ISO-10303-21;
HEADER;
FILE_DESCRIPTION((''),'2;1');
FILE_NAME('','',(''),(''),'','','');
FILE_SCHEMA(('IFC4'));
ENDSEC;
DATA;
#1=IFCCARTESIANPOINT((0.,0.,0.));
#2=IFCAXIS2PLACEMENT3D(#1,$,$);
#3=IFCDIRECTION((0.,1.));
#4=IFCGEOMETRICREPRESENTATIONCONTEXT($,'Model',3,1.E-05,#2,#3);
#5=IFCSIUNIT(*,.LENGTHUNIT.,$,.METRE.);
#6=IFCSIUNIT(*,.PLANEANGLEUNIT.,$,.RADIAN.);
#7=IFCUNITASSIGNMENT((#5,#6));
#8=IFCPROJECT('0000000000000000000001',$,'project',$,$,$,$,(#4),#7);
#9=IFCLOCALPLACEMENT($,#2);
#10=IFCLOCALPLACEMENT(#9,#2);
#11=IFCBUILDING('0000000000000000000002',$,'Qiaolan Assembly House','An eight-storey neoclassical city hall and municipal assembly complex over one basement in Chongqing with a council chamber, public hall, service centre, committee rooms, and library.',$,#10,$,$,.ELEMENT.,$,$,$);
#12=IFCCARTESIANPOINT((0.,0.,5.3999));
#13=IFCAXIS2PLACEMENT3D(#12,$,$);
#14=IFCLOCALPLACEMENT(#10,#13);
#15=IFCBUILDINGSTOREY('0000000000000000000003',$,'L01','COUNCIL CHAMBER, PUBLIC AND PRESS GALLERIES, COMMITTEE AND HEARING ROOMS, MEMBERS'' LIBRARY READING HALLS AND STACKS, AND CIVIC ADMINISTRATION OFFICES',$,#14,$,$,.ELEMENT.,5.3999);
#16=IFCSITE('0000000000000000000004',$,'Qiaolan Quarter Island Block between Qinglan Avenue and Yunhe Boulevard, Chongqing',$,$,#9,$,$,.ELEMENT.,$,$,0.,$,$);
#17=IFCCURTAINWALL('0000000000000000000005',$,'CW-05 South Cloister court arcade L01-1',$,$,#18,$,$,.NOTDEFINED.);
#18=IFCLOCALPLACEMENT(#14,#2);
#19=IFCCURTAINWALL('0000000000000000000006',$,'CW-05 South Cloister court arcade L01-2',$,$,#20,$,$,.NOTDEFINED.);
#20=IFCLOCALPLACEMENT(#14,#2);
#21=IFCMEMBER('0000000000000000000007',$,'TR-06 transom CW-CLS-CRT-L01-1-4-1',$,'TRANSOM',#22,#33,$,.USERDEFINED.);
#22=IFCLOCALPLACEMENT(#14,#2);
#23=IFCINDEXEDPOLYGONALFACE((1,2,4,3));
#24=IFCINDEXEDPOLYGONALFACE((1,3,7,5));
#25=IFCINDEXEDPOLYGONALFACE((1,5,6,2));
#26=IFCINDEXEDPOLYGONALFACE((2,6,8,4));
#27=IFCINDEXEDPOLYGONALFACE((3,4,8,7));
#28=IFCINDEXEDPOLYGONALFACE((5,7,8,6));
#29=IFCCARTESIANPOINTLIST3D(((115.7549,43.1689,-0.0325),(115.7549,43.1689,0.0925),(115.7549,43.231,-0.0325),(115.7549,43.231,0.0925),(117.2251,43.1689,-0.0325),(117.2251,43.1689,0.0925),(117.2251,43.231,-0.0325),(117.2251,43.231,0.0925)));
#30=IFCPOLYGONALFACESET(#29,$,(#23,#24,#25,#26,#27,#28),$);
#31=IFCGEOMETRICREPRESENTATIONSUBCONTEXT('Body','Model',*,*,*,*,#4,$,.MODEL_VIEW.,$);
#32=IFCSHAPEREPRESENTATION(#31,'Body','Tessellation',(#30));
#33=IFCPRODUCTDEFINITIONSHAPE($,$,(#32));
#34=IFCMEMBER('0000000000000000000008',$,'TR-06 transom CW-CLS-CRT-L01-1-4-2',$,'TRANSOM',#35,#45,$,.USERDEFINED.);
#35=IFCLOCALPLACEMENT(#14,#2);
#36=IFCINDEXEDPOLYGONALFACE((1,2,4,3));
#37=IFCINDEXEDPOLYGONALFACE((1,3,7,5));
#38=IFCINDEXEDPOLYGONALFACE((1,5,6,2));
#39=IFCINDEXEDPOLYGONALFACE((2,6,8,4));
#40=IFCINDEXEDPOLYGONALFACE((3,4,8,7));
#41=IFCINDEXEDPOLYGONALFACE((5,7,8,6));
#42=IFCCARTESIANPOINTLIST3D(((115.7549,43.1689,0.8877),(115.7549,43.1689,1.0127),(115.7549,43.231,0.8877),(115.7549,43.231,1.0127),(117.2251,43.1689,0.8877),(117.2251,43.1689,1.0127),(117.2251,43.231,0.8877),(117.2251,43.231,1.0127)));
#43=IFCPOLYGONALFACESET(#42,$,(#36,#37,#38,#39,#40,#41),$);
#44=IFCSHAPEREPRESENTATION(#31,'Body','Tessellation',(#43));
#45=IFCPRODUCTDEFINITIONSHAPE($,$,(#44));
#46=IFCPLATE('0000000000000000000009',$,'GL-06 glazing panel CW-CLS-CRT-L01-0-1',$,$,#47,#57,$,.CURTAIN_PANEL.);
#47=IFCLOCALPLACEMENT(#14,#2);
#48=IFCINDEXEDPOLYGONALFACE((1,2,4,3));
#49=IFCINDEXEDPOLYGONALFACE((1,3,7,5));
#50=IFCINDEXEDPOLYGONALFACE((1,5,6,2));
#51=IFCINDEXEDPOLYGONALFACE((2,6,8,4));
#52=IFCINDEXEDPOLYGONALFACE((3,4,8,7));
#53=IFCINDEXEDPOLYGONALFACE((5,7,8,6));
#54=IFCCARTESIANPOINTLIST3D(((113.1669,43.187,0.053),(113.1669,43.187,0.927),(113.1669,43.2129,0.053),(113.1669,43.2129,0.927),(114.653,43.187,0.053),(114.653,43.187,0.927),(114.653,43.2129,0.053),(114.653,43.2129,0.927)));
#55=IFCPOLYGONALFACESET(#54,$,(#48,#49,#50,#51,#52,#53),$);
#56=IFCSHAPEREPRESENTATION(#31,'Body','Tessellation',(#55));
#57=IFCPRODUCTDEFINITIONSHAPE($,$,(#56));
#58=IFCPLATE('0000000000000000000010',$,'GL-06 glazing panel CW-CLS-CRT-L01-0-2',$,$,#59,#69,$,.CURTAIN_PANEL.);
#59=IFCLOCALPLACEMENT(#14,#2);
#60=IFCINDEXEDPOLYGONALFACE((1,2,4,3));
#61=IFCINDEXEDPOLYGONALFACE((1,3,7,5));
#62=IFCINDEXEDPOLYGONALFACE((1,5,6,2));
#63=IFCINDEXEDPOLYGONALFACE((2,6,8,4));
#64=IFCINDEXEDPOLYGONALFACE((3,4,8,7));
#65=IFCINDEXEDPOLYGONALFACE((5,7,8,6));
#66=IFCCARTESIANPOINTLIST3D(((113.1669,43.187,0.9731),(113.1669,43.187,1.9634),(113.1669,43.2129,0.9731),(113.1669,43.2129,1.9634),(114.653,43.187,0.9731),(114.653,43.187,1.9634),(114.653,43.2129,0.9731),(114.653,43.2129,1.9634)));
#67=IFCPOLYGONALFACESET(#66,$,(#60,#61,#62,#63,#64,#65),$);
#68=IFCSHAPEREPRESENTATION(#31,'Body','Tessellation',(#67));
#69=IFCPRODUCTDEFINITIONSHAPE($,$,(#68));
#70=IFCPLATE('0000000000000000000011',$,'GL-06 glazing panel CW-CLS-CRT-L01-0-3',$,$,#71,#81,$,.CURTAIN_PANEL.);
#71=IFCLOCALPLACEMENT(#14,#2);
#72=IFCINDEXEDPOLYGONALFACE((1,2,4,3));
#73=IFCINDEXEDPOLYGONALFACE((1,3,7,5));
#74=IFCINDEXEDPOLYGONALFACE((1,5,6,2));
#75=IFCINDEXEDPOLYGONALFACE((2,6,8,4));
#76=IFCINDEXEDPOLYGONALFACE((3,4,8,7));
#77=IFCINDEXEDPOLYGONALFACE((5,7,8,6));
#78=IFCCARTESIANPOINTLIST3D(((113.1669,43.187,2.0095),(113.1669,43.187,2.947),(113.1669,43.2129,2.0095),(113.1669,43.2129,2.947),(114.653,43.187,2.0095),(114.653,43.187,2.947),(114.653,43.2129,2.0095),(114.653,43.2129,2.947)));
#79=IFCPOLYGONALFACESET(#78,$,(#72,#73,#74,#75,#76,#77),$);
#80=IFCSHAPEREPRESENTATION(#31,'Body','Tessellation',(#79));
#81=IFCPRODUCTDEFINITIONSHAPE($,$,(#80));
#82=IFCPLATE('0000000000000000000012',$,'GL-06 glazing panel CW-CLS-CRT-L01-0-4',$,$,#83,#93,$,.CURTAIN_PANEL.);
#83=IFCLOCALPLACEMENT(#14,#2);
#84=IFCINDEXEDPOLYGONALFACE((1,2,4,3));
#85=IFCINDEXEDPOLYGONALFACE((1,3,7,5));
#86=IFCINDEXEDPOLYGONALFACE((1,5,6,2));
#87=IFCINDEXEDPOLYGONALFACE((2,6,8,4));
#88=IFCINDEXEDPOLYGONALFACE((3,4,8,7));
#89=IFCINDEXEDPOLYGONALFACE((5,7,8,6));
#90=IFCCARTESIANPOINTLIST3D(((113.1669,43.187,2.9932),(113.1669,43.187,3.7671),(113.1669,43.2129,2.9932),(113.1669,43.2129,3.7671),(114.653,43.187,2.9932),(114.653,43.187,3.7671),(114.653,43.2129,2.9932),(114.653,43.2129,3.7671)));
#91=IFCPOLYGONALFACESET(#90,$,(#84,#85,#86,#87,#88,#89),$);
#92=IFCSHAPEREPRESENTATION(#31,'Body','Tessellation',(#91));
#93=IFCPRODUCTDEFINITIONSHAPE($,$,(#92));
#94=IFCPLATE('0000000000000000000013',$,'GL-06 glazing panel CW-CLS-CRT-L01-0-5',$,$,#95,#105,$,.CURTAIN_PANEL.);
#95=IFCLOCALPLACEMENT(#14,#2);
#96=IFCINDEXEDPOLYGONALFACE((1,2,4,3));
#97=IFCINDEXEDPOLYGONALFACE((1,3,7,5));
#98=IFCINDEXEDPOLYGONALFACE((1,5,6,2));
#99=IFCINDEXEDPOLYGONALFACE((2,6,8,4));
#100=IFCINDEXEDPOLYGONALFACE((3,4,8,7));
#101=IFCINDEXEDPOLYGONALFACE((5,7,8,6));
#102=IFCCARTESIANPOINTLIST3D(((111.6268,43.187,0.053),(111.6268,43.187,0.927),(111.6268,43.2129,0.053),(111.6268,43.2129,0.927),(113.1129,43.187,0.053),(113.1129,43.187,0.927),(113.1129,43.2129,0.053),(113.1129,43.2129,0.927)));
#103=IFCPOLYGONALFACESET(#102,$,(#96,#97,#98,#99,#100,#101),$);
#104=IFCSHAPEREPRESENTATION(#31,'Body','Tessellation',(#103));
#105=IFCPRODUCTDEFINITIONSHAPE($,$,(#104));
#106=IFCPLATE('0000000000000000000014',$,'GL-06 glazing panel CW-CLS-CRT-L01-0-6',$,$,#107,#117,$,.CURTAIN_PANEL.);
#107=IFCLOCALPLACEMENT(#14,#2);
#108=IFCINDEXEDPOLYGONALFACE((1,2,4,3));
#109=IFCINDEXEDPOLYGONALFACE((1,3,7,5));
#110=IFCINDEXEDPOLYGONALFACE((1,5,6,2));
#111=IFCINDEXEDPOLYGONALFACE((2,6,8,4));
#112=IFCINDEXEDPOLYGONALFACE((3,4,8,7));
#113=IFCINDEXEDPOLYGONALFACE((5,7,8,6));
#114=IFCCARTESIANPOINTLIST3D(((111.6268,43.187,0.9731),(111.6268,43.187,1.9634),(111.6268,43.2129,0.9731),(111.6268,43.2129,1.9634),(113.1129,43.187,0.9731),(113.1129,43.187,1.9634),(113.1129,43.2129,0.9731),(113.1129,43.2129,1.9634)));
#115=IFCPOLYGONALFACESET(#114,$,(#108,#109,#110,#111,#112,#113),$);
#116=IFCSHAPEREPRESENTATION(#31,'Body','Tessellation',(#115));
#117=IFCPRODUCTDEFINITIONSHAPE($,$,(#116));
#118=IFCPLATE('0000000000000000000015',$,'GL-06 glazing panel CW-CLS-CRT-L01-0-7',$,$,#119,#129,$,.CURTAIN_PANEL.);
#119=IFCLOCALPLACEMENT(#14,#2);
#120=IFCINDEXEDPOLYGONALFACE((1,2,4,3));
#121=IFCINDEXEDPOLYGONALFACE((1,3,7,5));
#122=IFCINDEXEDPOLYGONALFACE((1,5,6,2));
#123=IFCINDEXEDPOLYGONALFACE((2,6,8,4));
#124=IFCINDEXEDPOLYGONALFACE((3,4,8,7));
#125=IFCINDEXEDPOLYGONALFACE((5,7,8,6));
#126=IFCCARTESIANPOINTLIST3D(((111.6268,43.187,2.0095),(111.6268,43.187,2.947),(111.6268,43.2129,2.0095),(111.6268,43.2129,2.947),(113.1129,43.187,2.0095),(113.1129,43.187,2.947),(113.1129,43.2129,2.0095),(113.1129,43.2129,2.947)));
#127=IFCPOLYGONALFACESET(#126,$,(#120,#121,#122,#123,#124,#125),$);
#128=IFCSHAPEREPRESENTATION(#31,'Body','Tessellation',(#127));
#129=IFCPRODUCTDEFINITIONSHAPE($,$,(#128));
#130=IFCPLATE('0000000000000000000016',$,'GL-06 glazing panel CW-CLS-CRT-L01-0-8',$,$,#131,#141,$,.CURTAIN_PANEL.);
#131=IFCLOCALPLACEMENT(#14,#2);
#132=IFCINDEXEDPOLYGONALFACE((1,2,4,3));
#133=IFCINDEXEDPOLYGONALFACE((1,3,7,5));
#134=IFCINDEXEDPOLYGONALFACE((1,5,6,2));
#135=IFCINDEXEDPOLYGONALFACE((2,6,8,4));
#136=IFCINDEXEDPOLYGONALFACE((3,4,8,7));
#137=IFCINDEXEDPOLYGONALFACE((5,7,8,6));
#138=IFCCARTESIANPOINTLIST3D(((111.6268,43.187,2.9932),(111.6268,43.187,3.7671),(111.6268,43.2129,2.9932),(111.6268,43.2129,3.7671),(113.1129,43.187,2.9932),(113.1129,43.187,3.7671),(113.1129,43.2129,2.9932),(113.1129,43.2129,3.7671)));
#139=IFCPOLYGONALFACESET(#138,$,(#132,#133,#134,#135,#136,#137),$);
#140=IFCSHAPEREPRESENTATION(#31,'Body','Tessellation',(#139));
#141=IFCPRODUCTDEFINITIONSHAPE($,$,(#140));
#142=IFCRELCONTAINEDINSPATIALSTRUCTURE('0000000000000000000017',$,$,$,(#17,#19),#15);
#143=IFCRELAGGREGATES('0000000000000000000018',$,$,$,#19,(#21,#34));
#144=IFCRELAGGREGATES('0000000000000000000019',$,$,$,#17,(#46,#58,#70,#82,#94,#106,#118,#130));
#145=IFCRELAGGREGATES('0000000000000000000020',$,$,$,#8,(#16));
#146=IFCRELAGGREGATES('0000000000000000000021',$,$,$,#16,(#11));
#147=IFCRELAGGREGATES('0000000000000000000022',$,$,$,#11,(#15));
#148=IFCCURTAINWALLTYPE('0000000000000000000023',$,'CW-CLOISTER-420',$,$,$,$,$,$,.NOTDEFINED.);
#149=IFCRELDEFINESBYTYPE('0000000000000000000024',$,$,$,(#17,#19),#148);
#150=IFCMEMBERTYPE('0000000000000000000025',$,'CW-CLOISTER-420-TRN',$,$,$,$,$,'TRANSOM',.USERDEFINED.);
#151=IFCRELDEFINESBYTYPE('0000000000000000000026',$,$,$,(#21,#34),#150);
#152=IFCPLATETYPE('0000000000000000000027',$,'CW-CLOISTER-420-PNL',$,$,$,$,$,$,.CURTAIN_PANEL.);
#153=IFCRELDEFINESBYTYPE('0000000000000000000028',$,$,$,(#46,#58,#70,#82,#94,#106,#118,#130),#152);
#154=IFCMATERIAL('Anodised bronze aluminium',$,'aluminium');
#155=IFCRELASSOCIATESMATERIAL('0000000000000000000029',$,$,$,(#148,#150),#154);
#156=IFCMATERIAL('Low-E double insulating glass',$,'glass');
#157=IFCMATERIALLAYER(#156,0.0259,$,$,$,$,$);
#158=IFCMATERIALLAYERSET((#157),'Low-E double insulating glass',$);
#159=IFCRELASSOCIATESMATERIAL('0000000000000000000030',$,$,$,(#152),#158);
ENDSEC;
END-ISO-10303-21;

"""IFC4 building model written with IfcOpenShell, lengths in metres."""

from ifc_helpers import new_model, si_unit, direction, frame, frame_2d, origin, origin_2d, place, context, subcontext, project, spatial, rectangle, extrude, material, layer, layer_set, material_profile, profile_set, type_object, element, aggregate, save


model = new_model("IFC4")

# Units and contexts
model_context = context("Model", 3, precision=1e-05, world=origin(), true_north=direction((0.0, 1.0)))
body_context = subcontext(model_context, "Body", "Model", "MODEL_VIEW")
ifc_project = project(units=[si_unit("LENGTHUNIT", "METRE"), si_unit("PLANEANGLEUNIT", "RADIAN")], contexts=[model_context])

# Site, building, storey
site_placement = place(None, origin())
site = spatial("IfcSite", under=ifc_project, at=site_placement, Name="Qiaolan Quarter Island Block between Qinglan Avenue and Yunhe Boulevard, Chongqing", CompositionType="ELEMENT", RefElevation=0.0)
building_placement = place(site_placement, origin())
building = spatial("IfcBuilding", under=site, at=building_placement, Name="Qiaolan Assembly House", Description="An eight-storey neoclassical city hall and municipal assembly complex over one basement in Chongqing with a council chamber, public hall, service centre, committee rooms, and library.", CompositionType="ELEMENT")
storey_placement = place(building_placement, frame((0.0, 0.0, 5.3999)))
storey = spatial("IfcBuildingStorey", under=building, at=storey_placement, Name="L01", Description="COUNCIL CHAMBER, PUBLIC AND PRESS GALLERIES, COMMITTEE AND HEARING ROOMS, MEMBERS' LIBRARY READING HALLS AND STACKS, AND CIVIC ADMINISTRATION OFFICES", CompositionType="ELEMENT", Elevation=5.3999)

# Curtain wall
ifc_material_1 = material(Name="Anodised bronze aluminium", Category="aluminium")
curtain_wall_type = type_object("IfcCurtainWallType", Name="CW-CLOISTER-420", PredefinedType="NOTDEFINED", material=ifc_material_1)
curtain_wall_1_placement = place(storey_placement, origin())
curtain_wall_1 = element("IfcCurtainWall", 1, at=curtain_wall_1_placement, inside=storey, type_object=curtain_wall_type, Name="CW-05 South Cloister court arcade L01-1", PredefinedType="NOTDEFINED")

# Curtain wall
curtain_wall_2_placement = place(storey_placement, origin())
curtain_wall_2 = element("IfcCurtainWall", 2, at=curtain_wall_2_placement, inside=storey, type_object=curtain_wall_type, Name="CW-05 South Cloister court arcade L01-2", PredefinedType="NOTDEFINED")

# Members
ifc_material_profile_1 = material_profile(ifc_material_1, rectangle(XDim=0.062, YDim=0.125, at=origin_2d()), Name="TRN 62x125")
ifc_profile_set_1 = profile_set([ifc_material_profile_1], Name="Anodised bronze aluminium")
member_type_1 = type_object("IfcMemberType", Name="CW-CLOISTER-420-TRN", ElementType="TRANSOM", PredefinedType="USERDEFINED", material=ifc_profile_set_1)
member_1_placement = place(storey_placement, frame((117.2251, 43.2, 0.03), z_axis=(-1.0, 0.0, 0.0), x_axis=(0.0, -1.0, 0.0)))
member_1 = element("IfcMember", 3, at=member_1_placement, type_object=member_type_1, Name="TR-06 transom CW-CLS-CRT-L01-1-4-1", ObjectType="TRANSOM", PredefinedType="USERDEFINED", context=body_context, shape_type="SweptSolid", body=[
    extrude(rectangle(XDim=0.062, YDim=0.125, at=origin_2d()), origin(), (0.0, 0.0, 1.0), 1.4702),
])
member_2_placement = place(storey_placement, frame((117.2251, 43.2, 0.9502), z_axis=(-1.0, 0.0, 0.0), x_axis=(0.0, -1.0, 0.0)))
member_2 = element("IfcMember", 4, at=member_2_placement, type_object=member_type_1, Name="TR-06 transom CW-CLS-CRT-L01-1-4-2", ObjectType="TRANSOM", PredefinedType="USERDEFINED", context=body_context, shape_type="SweptSolid", body=[
    extrude(rectangle(XDim=0.062, YDim=0.125, at=origin_2d()), origin(), (0.0, 0.0, 1.0), 1.4702),
])
aggregate(curtain_wall_2, [member_1, member_2])

# Plates
ifc_material_2 = material(Name="Low-E double insulating glass", Category="glass")
ifc_layer = layer(ifc_material_2, 0.0259)
ifc_layer_set = layer_set([ifc_layer], Name="Low-E double insulating glass")
plate_type = type_object("IfcPlateType", Name="CW-CLOISTER-420-PNL", PredefinedType="CURTAIN_PANEL", material=ifc_layer_set)
plate_1_placement = place(storey_placement, frame((114.6531, 43.2, 0.053), z_axis=(0.0, 0.0, 1.0), x_axis=(-1.0, 0.0, 0.0)))
plate_1 = element("IfcPlate", 5, at=plate_1_placement, type_object=plate_type, Name="GL-06 glazing panel CW-CLS-CRT-L01-0-1", PredefinedType="CURTAIN_PANEL", context=body_context, shape_type="SweptSolid", body=[
    extrude(rectangle(XDim=1.4861, YDim=0.0259, at=frame_2d((0.7432, 0.0))), origin(), (0.0, 0.0, 1.0), 0.874),
])
plate_2_placement = place(storey_placement, frame((114.6531, 43.2, 0.9731), z_axis=(0.0, 0.0, 1.0), x_axis=(-1.0, 0.0, 0.0)))
plate_2 = element("IfcPlate", 6, at=plate_2_placement, type_object=plate_type, Name="GL-06 glazing panel CW-CLS-CRT-L01-0-2", PredefinedType="CURTAIN_PANEL", context=body_context, shape_type="SweptSolid", body=[
    extrude(rectangle(XDim=1.4861, YDim=0.0259, at=frame_2d((0.7432, 0.0))), origin(), (0.0, 0.0, 1.0), 0.9902),
])
plate_3_placement = place(storey_placement, frame((114.6531, 43.2, 2.0095), z_axis=(0.0, 0.0, 1.0), x_axis=(-1.0, 0.0, 0.0)))
plate_3 = element("IfcPlate", 7, at=plate_3_placement, type_object=plate_type, Name="GL-06 glazing panel CW-CLS-CRT-L01-0-3", PredefinedType="CURTAIN_PANEL", context=body_context, shape_type="SweptSolid", body=[
    extrude(rectangle(XDim=1.4861, YDim=0.0259, at=frame_2d((0.7432, 0.0))), origin(), (0.0, 0.0, 1.0), 0.9375),
])
plate_4_placement = place(storey_placement, frame((114.6531, 43.2, 2.9932), z_axis=(0.0, 0.0, 1.0), x_axis=(-1.0, 0.0, 0.0)))
plate_4 = element("IfcPlate", 8, at=plate_4_placement, type_object=plate_type, Name="GL-06 glazing panel CW-CLS-CRT-L01-0-4", PredefinedType="CURTAIN_PANEL", context=body_context, shape_type="SweptSolid", body=[
    extrude(rectangle(XDim=1.4861, YDim=0.0259, at=frame_2d((0.7432, 0.0))), origin(), (0.0, 0.0, 1.0), 0.7739),
])
plate_5_placement = place(storey_placement, frame((113.113, 43.2, 0.053), z_axis=(0.0, 0.0, 1.0), x_axis=(-1.0, 0.0, 0.0)))
plate_5 = element("IfcPlate", 9, at=plate_5_placement, type_object=plate_type, Name="GL-06 glazing panel CW-CLS-CRT-L01-0-5", PredefinedType="CURTAIN_PANEL", context=body_context, shape_type="SweptSolid", body=[
    extrude(rectangle(XDim=1.4861, YDim=0.0259, at=frame_2d((0.7432, 0.0))), origin(), (0.0, 0.0, 1.0), 0.874),
])
plate_6_placement = place(storey_placement, frame((113.113, 43.2, 0.9731), z_axis=(0.0, 0.0, 1.0), x_axis=(-1.0, 0.0, 0.0)))
plate_6 = element("IfcPlate", 10, at=plate_6_placement, type_object=plate_type, Name="GL-06 glazing panel CW-CLS-CRT-L01-0-6", PredefinedType="CURTAIN_PANEL", context=body_context, shape_type="SweptSolid", body=[
    extrude(rectangle(XDim=1.4861, YDim=0.0259, at=frame_2d((0.7432, 0.0))), origin(), (0.0, 0.0, 1.0), 0.9902),
])
plate_7_placement = place(storey_placement, frame((113.113, 43.2, 2.0095), z_axis=(0.0, 0.0, 1.0), x_axis=(-1.0, 0.0, 0.0)))
plate_7 = element("IfcPlate", 11, at=plate_7_placement, type_object=plate_type, Name="GL-06 glazing panel CW-CLS-CRT-L01-0-7", PredefinedType="CURTAIN_PANEL", context=body_context, shape_type="SweptSolid", body=[
    extrude(rectangle(XDim=1.4861, YDim=0.0259, at=frame_2d((0.7432, 0.0))), origin(), (0.0, 0.0, 1.0), 0.9375),
])
plate_8_placement = place(storey_placement, frame((113.113, 43.2, 2.9932), z_axis=(0.0, 0.0, 1.0), x_axis=(-1.0, 0.0, 0.0)))
plate_8 = element("IfcPlate", 12, at=plate_8_placement, type_object=plate_type, Name="GL-06 glazing panel CW-CLS-CRT-L01-0-8", PredefinedType="CURTAIN_PANEL", context=body_context, shape_type="SweptSolid", body=[
    extrude(rectangle(XDim=1.4861, YDim=0.0259, at=frame_2d((0.7432, 0.0))), origin(), (0.0, 0.0, 1.0), 0.7739),
])
aggregate(curtain_wall_1, [plate_1, plate_2, plate_3, plate_4, plate_5, plate_6, plate_7, plate_8])

save(model, "model.ifc")
